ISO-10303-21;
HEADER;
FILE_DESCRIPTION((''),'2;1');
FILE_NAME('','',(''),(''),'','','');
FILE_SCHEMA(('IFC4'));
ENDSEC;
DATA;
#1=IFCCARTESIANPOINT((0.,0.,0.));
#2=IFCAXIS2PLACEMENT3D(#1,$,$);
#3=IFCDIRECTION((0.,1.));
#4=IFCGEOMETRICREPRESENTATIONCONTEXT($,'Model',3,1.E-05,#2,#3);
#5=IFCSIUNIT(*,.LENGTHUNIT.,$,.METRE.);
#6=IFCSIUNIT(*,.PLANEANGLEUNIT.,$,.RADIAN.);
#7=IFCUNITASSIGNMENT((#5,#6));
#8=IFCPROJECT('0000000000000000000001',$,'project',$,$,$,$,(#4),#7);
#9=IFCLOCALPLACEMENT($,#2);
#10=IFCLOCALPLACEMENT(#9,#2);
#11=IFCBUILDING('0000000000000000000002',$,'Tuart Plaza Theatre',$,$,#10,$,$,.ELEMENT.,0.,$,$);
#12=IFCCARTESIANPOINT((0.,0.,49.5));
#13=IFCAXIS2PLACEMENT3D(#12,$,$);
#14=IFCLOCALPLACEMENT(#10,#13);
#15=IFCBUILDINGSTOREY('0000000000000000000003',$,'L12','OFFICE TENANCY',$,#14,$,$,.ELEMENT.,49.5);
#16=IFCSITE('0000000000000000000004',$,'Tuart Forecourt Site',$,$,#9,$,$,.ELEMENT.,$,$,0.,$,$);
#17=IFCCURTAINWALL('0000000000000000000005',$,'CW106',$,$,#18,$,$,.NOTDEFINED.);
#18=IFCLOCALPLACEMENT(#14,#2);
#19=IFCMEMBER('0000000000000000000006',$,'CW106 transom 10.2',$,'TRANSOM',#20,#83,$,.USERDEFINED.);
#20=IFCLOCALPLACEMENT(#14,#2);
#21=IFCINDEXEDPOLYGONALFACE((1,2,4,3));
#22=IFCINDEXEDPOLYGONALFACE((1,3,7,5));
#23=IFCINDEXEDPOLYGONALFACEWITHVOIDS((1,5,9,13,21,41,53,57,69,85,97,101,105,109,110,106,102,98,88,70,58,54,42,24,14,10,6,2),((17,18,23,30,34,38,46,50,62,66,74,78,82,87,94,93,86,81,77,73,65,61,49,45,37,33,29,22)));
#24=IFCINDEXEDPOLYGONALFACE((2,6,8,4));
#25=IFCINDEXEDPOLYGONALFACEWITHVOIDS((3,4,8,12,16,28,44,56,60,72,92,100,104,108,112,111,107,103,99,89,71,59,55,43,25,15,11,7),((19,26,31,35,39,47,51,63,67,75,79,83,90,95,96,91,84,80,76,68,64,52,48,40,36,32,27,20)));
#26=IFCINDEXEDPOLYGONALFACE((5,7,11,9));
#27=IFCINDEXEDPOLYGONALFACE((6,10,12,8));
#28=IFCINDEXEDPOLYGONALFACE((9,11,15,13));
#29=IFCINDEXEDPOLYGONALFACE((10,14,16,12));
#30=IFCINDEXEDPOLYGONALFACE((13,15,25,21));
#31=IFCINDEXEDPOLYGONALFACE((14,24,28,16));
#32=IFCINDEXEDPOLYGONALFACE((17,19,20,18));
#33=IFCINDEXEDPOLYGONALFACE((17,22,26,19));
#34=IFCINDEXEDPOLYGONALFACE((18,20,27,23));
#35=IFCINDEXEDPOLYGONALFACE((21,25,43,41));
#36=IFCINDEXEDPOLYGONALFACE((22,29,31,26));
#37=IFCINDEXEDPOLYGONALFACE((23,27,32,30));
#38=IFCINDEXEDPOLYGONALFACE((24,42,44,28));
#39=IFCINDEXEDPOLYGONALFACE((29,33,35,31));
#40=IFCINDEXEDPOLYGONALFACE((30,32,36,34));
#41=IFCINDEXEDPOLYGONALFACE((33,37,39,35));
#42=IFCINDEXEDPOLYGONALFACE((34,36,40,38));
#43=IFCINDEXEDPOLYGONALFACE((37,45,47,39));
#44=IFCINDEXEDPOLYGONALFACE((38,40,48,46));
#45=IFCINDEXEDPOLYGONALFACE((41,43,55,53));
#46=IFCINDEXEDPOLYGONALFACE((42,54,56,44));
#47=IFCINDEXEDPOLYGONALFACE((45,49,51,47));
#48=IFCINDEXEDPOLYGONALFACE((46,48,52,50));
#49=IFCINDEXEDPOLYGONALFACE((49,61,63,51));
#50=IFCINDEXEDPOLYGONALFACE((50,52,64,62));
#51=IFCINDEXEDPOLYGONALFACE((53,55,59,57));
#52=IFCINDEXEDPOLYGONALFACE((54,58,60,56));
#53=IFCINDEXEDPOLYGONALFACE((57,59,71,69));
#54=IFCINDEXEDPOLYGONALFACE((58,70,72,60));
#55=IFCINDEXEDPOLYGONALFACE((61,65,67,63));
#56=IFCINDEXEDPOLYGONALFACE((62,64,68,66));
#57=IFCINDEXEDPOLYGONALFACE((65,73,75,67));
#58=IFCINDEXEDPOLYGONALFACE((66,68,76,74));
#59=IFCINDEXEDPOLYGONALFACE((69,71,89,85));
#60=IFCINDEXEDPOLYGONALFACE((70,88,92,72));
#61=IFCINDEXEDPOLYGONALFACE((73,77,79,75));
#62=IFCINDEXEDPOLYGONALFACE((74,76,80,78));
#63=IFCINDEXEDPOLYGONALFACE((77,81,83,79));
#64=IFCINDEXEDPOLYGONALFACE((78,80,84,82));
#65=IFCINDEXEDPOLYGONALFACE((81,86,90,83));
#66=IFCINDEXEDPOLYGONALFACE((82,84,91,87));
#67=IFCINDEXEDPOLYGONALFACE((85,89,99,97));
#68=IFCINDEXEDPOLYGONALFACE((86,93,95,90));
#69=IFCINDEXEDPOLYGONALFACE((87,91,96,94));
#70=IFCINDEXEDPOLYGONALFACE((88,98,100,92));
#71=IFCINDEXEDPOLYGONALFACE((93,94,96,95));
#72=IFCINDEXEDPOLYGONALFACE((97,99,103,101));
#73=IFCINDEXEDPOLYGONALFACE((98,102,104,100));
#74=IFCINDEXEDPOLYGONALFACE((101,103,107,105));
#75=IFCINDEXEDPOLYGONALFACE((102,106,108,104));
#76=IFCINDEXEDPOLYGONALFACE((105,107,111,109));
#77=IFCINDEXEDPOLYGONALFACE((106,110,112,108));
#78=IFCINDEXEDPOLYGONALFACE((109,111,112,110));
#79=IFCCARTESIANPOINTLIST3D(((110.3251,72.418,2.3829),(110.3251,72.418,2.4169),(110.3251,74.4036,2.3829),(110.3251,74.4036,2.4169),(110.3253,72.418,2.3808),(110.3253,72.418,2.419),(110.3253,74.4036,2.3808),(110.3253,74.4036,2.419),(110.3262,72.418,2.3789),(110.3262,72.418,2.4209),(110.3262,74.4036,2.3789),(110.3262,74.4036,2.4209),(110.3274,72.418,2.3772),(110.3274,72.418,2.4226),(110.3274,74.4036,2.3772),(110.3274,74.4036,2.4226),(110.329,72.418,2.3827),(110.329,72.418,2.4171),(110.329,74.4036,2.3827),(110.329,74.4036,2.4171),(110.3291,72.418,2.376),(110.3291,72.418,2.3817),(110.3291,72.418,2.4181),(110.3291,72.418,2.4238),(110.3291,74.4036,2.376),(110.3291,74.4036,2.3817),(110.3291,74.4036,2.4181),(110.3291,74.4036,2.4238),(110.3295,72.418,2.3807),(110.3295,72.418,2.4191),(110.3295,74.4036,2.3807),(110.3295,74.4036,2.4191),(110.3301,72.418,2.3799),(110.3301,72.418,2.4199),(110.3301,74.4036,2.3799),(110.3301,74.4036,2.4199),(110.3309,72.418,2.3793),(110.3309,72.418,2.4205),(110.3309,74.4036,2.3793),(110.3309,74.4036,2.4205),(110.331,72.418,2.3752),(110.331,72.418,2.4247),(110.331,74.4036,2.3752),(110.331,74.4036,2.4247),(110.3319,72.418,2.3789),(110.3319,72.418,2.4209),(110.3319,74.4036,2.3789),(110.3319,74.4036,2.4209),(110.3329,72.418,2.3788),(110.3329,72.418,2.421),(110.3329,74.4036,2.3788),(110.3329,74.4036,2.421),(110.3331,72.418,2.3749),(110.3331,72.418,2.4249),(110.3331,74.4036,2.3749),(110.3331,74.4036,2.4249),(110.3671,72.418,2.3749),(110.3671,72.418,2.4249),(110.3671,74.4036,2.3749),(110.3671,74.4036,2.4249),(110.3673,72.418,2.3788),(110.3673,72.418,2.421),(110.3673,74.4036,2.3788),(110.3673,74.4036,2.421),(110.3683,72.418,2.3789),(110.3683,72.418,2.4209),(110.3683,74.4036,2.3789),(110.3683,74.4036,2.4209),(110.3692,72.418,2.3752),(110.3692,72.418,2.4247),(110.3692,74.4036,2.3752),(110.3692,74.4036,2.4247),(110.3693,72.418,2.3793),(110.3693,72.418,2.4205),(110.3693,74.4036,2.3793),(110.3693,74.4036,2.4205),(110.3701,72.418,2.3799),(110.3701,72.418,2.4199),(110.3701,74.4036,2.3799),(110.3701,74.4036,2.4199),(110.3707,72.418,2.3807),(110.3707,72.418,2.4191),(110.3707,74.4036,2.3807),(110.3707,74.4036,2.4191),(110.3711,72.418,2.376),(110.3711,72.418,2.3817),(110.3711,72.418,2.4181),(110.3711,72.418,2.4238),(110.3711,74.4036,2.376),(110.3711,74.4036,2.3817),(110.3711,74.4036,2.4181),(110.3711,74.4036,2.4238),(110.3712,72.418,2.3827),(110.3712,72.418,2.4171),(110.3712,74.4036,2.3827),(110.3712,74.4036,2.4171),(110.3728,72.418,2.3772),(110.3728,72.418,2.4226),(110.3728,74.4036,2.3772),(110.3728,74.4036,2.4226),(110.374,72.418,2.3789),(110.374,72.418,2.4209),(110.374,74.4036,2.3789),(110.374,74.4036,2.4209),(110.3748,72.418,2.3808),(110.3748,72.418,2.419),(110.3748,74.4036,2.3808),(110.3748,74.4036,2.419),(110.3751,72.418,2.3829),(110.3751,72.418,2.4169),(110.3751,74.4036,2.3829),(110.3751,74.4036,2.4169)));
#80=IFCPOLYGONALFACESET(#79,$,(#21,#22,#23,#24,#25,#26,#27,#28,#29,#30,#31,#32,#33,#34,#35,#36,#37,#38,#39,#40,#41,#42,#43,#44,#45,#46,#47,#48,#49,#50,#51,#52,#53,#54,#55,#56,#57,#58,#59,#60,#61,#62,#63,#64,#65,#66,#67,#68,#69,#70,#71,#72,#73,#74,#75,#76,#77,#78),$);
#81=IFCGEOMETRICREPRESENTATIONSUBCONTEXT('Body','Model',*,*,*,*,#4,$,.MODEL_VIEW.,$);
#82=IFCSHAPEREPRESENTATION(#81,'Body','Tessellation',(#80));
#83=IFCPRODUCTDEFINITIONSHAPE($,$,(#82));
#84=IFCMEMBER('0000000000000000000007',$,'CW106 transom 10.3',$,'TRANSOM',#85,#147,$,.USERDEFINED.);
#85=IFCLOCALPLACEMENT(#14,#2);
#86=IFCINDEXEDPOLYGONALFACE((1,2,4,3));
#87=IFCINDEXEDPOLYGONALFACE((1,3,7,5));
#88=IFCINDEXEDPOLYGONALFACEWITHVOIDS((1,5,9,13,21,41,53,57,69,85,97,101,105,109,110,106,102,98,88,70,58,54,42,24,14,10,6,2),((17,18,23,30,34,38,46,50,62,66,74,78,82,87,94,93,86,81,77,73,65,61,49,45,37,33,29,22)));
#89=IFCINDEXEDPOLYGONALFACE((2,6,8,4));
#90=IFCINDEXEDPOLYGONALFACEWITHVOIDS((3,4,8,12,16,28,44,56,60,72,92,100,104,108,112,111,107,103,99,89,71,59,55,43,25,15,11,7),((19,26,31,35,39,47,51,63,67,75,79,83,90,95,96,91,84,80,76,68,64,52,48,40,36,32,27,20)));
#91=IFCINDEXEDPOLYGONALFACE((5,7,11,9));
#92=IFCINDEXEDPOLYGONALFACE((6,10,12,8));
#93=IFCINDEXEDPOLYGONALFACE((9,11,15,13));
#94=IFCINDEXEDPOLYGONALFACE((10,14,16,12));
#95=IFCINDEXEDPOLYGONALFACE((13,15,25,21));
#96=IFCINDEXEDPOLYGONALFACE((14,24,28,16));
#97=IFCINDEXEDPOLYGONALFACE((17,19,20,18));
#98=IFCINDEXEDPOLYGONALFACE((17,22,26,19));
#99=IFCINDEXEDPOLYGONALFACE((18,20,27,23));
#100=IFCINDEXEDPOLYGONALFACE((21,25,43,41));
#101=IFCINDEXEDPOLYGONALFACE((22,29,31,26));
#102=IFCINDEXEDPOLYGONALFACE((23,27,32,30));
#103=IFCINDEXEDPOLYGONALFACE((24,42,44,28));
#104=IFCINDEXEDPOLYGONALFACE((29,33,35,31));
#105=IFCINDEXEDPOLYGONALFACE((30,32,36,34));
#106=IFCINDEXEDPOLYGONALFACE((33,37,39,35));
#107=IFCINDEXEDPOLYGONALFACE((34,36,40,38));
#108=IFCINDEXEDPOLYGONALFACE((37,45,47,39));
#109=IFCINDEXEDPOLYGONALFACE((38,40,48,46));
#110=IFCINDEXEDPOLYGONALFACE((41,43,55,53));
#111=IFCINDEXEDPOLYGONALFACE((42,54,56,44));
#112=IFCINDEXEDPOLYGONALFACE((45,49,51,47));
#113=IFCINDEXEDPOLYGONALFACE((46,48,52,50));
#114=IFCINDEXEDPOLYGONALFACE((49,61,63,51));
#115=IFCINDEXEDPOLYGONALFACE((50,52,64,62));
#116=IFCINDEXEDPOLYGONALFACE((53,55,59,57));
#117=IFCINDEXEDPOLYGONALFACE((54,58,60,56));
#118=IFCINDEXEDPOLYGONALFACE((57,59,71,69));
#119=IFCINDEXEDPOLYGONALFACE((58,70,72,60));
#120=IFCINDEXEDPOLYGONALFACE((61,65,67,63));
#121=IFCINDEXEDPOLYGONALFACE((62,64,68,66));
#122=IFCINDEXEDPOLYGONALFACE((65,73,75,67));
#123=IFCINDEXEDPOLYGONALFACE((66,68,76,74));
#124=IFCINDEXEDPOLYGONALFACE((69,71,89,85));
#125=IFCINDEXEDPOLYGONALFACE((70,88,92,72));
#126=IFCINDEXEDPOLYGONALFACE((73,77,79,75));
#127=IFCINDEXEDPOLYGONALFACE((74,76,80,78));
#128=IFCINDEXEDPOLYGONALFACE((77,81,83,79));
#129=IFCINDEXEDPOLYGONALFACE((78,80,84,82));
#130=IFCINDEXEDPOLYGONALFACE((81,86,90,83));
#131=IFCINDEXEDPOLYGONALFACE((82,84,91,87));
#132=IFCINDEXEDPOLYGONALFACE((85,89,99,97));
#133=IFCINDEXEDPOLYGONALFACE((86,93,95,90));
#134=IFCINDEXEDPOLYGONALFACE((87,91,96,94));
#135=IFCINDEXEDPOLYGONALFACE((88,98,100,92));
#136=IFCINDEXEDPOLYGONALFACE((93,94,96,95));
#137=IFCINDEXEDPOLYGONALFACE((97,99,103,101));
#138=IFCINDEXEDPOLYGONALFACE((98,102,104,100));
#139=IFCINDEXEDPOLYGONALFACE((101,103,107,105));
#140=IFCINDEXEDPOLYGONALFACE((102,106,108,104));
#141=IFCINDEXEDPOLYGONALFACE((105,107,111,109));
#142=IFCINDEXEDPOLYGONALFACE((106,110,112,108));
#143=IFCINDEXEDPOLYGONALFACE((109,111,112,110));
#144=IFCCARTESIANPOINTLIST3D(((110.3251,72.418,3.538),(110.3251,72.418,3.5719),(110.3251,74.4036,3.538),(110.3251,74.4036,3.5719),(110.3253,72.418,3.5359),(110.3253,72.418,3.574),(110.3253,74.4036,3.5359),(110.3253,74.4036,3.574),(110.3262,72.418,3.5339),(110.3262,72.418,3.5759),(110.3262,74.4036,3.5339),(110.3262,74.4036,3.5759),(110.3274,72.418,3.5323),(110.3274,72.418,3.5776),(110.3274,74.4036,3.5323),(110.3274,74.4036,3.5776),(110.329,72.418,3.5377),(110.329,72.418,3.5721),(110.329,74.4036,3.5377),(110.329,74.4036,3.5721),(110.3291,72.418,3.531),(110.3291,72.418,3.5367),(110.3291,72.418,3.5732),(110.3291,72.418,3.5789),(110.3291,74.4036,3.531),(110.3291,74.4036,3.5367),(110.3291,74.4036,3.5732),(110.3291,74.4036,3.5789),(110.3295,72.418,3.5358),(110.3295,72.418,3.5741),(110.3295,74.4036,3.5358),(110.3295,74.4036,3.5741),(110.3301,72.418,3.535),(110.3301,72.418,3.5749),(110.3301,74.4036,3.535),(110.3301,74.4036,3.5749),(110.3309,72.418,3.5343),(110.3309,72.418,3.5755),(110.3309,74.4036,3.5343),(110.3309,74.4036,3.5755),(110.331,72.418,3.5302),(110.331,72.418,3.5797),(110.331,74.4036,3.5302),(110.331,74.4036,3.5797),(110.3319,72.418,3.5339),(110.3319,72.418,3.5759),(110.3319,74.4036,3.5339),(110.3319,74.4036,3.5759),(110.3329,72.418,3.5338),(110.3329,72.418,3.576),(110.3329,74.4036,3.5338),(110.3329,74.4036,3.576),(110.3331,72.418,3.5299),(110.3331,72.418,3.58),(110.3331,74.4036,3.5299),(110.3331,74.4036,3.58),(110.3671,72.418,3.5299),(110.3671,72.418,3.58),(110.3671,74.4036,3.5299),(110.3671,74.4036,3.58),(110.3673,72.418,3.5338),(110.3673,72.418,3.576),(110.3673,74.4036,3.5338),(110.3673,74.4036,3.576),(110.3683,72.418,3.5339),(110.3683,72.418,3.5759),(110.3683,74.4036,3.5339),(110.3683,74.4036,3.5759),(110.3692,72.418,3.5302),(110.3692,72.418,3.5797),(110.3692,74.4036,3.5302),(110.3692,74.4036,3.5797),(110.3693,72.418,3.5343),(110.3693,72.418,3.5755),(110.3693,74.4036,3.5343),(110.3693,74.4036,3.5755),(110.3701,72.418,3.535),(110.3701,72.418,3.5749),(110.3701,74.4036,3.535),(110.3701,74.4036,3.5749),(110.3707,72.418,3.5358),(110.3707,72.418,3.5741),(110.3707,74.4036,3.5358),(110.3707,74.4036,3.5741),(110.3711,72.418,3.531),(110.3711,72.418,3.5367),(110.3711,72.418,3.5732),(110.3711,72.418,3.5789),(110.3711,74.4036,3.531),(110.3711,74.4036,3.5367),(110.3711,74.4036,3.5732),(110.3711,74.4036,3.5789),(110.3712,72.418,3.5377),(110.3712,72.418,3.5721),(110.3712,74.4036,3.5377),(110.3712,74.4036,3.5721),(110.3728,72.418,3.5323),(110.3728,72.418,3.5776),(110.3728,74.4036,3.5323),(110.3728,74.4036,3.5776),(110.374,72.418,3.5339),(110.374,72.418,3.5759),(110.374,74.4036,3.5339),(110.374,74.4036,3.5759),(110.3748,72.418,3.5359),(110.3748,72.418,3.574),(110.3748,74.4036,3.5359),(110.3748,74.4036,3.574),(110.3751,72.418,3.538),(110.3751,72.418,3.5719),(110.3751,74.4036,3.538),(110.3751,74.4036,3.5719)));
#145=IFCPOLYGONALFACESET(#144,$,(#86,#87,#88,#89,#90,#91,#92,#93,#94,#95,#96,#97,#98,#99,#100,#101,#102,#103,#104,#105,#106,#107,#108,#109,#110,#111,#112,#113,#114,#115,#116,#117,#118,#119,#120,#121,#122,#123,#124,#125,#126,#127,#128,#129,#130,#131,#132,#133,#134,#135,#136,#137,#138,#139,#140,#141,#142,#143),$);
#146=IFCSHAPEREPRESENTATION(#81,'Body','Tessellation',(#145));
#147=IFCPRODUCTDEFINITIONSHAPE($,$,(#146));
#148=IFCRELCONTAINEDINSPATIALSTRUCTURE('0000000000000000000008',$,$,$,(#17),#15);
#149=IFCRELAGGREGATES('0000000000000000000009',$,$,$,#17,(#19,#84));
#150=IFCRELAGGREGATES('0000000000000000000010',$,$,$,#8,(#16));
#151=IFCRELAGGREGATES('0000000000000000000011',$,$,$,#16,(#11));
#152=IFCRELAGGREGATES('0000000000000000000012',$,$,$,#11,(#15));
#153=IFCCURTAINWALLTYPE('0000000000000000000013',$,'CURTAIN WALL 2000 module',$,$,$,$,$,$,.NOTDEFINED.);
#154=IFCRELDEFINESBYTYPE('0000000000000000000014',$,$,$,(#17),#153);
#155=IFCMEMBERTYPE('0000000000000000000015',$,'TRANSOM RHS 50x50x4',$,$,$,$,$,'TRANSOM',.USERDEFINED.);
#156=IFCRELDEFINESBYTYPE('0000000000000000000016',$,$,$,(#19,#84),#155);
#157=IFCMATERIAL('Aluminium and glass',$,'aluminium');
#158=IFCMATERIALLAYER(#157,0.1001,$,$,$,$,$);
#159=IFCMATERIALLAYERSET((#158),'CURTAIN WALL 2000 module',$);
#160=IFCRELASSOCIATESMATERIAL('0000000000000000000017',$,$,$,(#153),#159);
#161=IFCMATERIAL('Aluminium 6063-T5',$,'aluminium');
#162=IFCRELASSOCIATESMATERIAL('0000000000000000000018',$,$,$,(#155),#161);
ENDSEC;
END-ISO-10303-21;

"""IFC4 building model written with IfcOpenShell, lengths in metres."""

from ifc_helpers import new_model, si_unit, direction, frame, origin, origin_2d, place, context, subcontext, project, spatial, hollow_rectangle, extrude, material, layer, layer_set, material_profile, profile_set, type_object, element, aggregate, save


model = new_model("IFC4")

# Units and contexts
model_context = context("Model", 3, precision=1e-05, world=origin(), true_north=direction((0.0, 1.0)))
body_context = subcontext(model_context, "Body", "Model", "MODEL_VIEW")
ifc_project = project(units=[si_unit("LENGTHUNIT", "METRE"), si_unit("PLANEANGLEUNIT", "RADIAN")], contexts=[model_context])

# Site, building, storey
site_placement = place(None, origin())
site = spatial("IfcSite", under=ifc_project, at=site_placement, Name="Tuart Forecourt Site", CompositionType="ELEMENT", RefElevation=0.0)
building_placement = place(site_placement, origin())
building = spatial("IfcBuilding", under=site, at=building_placement, Name="Tuart Plaza Theatre", CompositionType="ELEMENT", ElevationOfRefHeight=0.0)
storey_placement = place(building_placement, frame((0.0, 0.0, 49.5)))
storey = spatial("IfcBuildingStorey", under=building, at=storey_placement, Name="L12", Description="OFFICE TENANCY", CompositionType="ELEMENT", Elevation=49.5)

# Curtain wall, members
ifc_material_1 = material(Name="Aluminium and glass", Category="aluminium")
ifc_layer_1 = layer(ifc_material_1, 0.1001)
ifc_layer_set_1 = layer_set([ifc_layer_1], Name="CURTAIN WALL 2000 module")
curtain_wall_type = type_object("IfcCurtainWallType", Name="CURTAIN WALL 2000 module", PredefinedType="NOTDEFINED", material=ifc_layer_set_1)
curtain_wall_placement = place(storey_placement, origin())
curtain_wall = element("IfcCurtainWall", 1, at=curtain_wall_placement, inside=storey, type_object=curtain_wall_type, Name="CW106", PredefinedType="NOTDEFINED")
ifc_material_2 = material(Name="Aluminium 6063-T5", Category="aluminium")
ifc_material_profile = material_profile(ifc_material_2, hollow_rectangle(XDim=0.05, YDim=0.05, WallThickness=0.0039, InnerFilletRadius=0.0039, OuterFilletRadius=0.0081, at=origin_2d()), Name="RHS 50x50x4")
ifc_profile_set = profile_set([ifc_material_profile], Name="Aluminium 6063-T5")
member_type = type_object("IfcMemberType", Name="TRANSOM RHS 50x50x4", ElementType="TRANSOM", PredefinedType="USERDEFINED", material=ifc_profile_set)
member_1_placement = place(storey_placement, frame((110.3501, 74.4036, 2.3999), z_axis=(0.0, -1.0, 0.0), x_axis=(1.0, 0.0, 0.0)))
member_1 = element("IfcMember", 2, at=member_1_placement, type_object=member_type, Name="CW106 transom 10.2", ObjectType="TRANSOM", PredefinedType="USERDEFINED", context=body_context, shape_type="SweptSolid", body=[
    extrude(hollow_rectangle(XDim=0.05, YDim=0.05, WallThickness=0.0039, InnerFilletRadius=0.0039, OuterFilletRadius=0.0081, at=origin_2d()), origin(), (0.0, 0.0, 1.0), 1.9856),
])
member_2_placement = place(storey_placement, frame((110.3501, 74.4036, 3.5549), z_axis=(0.0, -1.0, 0.0), x_axis=(1.0, 0.0, 0.0)))
member_2 = element("IfcMember", 3, at=member_2_placement, type_object=member_type, Name="CW106 transom 10.3", ObjectType="TRANSOM", PredefinedType="USERDEFINED", context=body_context, shape_type="SweptSolid", body=[
    extrude(hollow_rectangle(XDim=0.05, YDim=0.05, WallThickness=0.0039, InnerFilletRadius=0.0039, OuterFilletRadius=0.0081, at=origin_2d()), origin(), (0.0, 0.0, 1.0), 1.9856),
])
aggregate(curtain_wall, [member_1, member_2])

save(model, "model.ifc")
